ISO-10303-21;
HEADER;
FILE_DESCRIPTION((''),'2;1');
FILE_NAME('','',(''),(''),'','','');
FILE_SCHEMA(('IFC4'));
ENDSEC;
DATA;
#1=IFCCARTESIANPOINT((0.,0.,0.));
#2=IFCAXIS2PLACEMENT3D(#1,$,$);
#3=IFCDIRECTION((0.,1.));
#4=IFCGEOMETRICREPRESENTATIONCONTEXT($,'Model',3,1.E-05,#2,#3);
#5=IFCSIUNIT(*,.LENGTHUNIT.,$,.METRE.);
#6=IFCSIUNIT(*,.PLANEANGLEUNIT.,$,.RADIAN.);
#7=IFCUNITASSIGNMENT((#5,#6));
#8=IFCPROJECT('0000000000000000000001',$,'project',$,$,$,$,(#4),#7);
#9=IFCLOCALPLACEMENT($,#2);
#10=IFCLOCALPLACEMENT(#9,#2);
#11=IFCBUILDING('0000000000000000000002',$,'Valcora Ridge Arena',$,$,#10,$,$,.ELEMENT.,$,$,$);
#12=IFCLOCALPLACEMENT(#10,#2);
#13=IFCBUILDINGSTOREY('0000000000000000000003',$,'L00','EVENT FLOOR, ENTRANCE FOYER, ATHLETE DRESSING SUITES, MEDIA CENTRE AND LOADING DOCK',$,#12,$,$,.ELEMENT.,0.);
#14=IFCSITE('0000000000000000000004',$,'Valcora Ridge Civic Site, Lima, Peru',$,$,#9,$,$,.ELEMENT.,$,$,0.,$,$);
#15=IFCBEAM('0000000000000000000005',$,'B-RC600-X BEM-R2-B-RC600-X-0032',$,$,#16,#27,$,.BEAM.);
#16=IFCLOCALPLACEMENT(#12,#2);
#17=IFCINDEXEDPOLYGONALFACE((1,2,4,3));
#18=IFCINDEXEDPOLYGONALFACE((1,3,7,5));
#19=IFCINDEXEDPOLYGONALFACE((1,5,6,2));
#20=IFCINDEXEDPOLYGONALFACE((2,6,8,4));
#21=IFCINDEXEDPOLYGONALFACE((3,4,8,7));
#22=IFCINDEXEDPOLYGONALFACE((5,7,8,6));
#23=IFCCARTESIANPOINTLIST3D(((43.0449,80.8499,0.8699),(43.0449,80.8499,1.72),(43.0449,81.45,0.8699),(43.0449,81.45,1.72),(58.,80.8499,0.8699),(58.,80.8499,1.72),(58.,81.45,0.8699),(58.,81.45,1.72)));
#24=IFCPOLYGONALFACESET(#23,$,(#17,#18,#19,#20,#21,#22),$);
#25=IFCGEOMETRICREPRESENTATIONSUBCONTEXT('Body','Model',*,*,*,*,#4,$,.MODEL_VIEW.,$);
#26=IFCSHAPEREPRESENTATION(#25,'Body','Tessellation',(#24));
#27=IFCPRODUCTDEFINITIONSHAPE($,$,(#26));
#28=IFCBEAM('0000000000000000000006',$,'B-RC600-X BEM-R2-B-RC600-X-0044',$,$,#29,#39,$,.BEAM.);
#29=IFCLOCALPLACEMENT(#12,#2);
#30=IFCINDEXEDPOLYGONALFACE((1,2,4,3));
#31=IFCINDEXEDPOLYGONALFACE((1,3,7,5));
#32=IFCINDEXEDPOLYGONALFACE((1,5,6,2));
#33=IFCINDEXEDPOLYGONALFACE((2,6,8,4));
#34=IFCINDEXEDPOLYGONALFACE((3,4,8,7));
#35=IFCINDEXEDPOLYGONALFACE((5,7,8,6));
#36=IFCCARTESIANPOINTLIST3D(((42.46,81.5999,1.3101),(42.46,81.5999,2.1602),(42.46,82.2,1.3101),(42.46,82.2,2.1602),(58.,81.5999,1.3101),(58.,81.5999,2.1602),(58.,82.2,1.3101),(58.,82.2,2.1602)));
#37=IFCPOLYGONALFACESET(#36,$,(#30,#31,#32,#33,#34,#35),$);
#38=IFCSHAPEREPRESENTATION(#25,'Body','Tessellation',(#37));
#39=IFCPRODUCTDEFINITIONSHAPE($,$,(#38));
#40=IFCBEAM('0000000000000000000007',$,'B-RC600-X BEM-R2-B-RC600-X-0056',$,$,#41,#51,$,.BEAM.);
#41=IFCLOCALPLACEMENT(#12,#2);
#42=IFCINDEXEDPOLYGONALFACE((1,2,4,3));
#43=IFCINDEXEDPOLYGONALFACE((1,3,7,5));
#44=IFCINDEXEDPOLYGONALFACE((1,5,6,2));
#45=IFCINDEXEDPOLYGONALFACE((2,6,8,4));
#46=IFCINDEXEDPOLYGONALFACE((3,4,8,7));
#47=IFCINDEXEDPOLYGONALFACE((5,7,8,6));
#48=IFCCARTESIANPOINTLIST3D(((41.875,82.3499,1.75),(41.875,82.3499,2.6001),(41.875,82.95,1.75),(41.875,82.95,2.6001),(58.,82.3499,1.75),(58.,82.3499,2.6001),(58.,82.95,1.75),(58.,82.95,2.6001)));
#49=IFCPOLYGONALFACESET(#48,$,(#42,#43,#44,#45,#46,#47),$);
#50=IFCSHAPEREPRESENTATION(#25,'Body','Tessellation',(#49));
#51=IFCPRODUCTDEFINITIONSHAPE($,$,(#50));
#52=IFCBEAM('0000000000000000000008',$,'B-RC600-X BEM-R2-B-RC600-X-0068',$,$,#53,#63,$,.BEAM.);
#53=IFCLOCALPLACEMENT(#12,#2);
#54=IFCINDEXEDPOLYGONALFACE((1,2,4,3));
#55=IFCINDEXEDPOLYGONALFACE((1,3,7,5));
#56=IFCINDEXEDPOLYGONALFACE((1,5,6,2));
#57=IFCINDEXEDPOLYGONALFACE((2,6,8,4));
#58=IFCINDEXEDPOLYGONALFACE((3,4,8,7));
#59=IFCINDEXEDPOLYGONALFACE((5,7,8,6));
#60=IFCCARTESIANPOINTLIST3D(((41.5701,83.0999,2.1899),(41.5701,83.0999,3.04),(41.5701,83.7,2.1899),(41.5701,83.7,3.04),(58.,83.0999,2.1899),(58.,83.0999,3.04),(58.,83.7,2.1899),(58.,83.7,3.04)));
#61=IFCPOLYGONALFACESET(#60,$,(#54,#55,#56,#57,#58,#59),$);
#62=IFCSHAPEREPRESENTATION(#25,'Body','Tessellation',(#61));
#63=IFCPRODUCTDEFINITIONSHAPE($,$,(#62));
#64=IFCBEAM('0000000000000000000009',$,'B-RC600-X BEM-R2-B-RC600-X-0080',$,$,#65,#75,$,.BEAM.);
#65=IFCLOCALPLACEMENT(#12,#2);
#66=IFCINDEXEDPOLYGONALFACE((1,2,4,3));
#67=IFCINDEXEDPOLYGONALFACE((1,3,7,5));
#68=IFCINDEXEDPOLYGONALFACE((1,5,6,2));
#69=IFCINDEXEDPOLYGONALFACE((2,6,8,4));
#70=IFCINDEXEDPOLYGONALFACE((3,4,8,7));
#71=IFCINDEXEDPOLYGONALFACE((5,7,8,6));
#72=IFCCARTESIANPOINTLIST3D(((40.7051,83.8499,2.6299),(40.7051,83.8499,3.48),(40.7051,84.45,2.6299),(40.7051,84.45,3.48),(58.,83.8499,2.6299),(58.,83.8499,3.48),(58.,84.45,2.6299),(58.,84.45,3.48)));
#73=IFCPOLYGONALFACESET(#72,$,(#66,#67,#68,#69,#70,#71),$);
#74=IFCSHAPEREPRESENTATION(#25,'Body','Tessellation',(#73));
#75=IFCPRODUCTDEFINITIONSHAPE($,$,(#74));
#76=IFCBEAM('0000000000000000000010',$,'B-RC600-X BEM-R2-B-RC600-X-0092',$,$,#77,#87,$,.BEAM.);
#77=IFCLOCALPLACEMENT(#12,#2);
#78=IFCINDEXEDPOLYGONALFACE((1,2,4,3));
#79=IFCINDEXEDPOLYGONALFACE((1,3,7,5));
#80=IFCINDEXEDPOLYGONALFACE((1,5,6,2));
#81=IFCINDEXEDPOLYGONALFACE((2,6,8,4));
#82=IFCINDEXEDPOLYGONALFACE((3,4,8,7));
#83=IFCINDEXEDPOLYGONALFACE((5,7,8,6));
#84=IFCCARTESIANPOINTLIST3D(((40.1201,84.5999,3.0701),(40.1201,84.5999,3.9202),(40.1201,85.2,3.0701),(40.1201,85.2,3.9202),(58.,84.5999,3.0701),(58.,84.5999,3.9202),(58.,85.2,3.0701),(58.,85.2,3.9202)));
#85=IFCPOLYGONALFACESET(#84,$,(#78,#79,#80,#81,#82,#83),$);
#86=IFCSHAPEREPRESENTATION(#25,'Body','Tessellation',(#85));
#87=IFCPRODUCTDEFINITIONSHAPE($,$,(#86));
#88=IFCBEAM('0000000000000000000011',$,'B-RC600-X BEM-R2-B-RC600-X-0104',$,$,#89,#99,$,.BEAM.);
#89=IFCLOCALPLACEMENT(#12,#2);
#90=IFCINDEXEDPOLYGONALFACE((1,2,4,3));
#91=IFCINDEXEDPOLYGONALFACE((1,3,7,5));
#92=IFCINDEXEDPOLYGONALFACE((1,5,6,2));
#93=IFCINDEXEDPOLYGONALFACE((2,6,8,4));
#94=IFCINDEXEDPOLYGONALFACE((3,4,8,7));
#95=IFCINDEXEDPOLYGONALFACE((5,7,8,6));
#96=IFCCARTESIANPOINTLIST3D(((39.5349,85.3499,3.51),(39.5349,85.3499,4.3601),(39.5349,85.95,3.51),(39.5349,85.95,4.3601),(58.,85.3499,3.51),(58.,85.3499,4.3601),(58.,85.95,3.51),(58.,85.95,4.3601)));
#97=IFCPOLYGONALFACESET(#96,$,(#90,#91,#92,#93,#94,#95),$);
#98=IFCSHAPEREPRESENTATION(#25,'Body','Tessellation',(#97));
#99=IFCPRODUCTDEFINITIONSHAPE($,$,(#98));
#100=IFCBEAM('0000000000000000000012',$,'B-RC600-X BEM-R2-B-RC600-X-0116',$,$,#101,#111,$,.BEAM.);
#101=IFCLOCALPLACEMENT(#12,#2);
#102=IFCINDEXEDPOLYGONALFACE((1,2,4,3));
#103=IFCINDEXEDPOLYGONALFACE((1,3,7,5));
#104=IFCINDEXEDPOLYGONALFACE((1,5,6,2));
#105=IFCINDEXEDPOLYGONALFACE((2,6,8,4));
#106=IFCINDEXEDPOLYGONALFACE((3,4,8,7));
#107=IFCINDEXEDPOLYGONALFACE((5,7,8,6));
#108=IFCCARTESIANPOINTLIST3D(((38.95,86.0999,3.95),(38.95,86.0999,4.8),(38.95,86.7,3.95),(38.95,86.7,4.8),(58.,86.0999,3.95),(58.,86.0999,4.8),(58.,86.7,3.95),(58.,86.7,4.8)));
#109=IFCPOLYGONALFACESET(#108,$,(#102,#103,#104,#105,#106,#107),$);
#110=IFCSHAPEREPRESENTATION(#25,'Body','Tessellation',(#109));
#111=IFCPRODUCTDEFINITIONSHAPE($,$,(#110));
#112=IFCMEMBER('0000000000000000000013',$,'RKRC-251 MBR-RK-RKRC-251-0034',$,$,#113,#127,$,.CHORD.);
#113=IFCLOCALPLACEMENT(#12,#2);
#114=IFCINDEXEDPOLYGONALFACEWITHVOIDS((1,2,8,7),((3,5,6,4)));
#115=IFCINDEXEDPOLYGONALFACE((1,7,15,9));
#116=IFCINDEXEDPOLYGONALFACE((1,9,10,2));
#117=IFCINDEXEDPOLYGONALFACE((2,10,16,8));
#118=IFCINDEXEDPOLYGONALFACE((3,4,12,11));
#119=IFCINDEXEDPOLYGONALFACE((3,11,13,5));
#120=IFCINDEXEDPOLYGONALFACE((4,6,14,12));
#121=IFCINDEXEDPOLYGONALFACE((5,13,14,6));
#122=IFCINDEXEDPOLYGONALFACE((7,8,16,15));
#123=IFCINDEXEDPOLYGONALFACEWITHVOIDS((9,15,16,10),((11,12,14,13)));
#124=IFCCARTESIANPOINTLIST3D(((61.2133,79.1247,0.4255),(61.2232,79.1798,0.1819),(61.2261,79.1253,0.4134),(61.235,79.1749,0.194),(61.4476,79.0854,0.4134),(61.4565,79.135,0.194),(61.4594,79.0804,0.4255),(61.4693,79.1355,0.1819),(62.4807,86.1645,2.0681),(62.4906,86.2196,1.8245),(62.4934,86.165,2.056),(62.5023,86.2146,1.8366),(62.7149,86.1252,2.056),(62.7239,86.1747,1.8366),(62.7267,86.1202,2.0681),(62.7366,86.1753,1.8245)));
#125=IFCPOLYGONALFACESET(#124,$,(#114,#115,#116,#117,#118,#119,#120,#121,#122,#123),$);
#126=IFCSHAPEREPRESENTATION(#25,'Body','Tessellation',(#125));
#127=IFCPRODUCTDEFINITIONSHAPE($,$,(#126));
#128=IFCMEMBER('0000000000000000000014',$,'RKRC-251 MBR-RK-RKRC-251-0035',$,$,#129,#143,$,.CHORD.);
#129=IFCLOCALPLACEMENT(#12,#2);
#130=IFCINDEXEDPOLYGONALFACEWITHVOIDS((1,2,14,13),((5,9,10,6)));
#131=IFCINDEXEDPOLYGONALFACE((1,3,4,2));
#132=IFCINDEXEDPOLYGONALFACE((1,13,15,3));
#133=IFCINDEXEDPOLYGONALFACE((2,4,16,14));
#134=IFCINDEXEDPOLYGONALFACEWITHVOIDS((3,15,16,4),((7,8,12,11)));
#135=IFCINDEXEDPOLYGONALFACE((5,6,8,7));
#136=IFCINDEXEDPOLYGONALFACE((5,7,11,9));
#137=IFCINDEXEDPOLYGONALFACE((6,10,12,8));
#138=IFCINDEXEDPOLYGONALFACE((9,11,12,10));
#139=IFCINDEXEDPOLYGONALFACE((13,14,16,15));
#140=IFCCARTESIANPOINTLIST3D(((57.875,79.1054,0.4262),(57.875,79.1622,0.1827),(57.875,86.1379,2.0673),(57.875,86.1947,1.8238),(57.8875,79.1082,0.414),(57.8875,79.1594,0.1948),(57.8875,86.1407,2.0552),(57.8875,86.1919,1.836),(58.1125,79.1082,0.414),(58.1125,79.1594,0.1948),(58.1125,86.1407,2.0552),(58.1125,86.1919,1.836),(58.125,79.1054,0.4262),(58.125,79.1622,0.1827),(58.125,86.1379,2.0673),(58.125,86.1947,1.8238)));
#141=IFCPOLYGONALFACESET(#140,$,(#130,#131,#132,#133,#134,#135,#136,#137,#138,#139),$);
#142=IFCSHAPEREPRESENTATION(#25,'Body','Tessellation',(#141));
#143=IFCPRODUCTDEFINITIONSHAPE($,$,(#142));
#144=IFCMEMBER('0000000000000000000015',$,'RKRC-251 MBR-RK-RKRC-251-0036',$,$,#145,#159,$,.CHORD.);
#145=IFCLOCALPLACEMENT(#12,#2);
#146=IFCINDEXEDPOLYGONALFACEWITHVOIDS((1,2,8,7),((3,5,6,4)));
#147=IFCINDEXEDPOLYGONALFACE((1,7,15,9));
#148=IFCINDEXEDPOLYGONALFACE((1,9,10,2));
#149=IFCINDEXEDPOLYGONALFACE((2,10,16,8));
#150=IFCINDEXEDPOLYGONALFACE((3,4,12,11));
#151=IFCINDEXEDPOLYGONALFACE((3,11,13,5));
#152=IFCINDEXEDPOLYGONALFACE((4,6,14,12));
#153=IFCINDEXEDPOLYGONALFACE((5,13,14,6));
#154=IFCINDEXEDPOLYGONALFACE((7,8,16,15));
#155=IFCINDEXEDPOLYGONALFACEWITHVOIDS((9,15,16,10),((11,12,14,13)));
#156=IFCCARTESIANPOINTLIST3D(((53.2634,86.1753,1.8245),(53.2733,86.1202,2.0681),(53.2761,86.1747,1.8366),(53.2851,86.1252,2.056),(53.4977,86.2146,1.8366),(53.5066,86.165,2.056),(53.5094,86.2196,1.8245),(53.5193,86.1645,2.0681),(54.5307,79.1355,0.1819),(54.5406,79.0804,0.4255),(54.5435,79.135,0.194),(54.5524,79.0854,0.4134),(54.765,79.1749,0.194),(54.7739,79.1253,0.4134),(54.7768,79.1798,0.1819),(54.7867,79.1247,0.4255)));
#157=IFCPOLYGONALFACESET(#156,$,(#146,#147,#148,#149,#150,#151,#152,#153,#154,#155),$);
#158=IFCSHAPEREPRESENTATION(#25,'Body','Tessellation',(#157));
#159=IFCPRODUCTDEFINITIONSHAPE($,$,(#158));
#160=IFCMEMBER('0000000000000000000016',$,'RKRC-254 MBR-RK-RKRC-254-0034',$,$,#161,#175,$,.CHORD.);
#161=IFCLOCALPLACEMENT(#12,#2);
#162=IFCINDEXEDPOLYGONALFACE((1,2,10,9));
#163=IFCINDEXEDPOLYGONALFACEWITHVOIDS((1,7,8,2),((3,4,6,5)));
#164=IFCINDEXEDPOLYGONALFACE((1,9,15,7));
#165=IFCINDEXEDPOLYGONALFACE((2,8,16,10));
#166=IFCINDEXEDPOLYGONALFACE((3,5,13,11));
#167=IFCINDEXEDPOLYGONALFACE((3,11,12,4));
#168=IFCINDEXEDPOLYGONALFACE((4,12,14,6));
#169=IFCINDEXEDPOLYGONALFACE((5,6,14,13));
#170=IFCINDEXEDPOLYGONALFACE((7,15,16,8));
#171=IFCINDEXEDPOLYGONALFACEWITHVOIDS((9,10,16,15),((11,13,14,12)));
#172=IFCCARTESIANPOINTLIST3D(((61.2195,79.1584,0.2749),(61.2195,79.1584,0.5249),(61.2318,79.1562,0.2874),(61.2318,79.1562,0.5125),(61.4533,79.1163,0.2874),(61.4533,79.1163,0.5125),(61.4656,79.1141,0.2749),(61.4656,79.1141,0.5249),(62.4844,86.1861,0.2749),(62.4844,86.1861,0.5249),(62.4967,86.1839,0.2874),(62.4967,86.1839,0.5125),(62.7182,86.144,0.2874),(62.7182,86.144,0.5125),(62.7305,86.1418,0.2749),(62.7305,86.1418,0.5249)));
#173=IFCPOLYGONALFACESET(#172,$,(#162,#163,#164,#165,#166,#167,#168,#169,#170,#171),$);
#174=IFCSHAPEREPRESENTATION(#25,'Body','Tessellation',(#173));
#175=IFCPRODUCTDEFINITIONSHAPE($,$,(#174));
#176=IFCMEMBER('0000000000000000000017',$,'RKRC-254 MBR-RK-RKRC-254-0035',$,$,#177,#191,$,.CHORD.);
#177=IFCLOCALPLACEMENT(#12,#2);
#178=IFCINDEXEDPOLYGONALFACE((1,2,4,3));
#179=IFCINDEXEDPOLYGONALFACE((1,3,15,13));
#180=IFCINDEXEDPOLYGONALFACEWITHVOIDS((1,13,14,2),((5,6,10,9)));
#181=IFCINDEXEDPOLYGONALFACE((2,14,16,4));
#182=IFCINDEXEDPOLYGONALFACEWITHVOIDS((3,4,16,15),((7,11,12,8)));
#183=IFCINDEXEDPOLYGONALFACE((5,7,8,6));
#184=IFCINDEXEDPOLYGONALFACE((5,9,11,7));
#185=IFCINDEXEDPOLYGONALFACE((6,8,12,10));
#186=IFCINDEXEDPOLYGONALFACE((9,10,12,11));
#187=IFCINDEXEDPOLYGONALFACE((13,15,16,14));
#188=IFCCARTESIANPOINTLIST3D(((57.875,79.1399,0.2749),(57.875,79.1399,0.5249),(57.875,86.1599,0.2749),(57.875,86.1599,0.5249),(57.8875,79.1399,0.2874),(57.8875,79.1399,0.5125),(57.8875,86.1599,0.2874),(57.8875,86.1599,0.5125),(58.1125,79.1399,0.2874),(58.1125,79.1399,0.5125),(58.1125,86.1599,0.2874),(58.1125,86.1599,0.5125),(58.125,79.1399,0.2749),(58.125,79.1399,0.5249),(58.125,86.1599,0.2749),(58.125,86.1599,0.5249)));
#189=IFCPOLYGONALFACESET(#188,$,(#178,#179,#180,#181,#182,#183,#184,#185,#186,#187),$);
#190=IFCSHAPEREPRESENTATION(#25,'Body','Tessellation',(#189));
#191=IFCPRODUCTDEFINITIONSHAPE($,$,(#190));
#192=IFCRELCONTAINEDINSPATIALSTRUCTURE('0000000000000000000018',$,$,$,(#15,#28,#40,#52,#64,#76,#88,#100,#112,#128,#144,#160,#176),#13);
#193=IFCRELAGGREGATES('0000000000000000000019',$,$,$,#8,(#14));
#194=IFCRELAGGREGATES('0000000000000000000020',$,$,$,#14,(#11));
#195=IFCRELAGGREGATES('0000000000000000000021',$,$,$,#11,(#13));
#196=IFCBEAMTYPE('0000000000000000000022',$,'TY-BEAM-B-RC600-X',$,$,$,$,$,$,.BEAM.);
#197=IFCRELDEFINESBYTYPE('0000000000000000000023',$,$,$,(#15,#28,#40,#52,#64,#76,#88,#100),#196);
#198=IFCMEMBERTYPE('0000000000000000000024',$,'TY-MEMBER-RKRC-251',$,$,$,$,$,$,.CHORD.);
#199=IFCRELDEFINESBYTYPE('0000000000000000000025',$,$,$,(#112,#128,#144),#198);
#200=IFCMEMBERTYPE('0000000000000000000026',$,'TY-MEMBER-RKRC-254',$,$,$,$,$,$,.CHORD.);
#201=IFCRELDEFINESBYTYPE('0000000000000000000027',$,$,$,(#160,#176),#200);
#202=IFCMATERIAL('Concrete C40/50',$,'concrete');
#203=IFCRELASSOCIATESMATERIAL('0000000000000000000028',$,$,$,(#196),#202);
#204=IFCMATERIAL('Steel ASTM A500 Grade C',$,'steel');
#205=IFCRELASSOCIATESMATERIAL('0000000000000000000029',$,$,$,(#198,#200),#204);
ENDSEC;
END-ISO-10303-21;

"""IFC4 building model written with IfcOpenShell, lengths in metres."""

from ifc_helpers import new_model, si_unit, direction, frame, origin, origin_2d, place, context, subcontext, project, spatial, rectangle, hollow_rectangle, extrude, material, material_profile, profile_set, type_object, element, save


model = new_model("IFC4")

# Units and contexts
model_context = context("Model", 3, precision=1e-05, world=origin(), true_north=direction((0.0, 1.0)))
body_context = subcontext(model_context, "Body", "Model", "MODEL_VIEW")
ifc_project = project(units=[si_unit("LENGTHUNIT", "METRE"), si_unit("PLANEANGLEUNIT", "RADIAN")], contexts=[model_context])

# Site, building, storey
site_placement = place(None, origin())
site = spatial("IfcSite", under=ifc_project, at=site_placement, Name="Valcora Ridge Civic Site, Lima, Peru", CompositionType="ELEMENT", RefElevation=0.0)
building_placement = place(site_placement, origin())
building = spatial("IfcBuilding", under=site, at=building_placement, Name="Valcora Ridge Arena", CompositionType="ELEMENT")
storey_placement = place(building_placement, origin())
storey = spatial("IfcBuildingStorey", under=building, at=storey_placement, Name="L00", Description="EVENT FLOOR, ENTRANCE FOYER, ATHLETE DRESSING SUITES, MEDIA CENTRE AND LOADING DOCK", CompositionType="ELEMENT", Elevation=0.0)

# Shared definitions
ifc_material_1 = material(Name="Concrete C40/50", Category="concrete")

# Beams
ifc_material_profile_1 = material_profile(ifc_material_1, rectangle(XDim=0.6001, YDim=0.8501, at=origin_2d()), Name="RC 600x850")
ifc_profile_set_1 = profile_set([ifc_material_profile_1], Name="Concrete C40/50")
beam_type = type_object("IfcBeamType", Name="TY-BEAM-B-RC600-X", PredefinedType="BEAM", material=ifc_profile_set_1)
beam_1_placement = place(storey_placement, frame((58.0, 81.1499, 1.2949), z_axis=(-1.0, 0.0, 0.0), x_axis=(0.0, -1.0, 0.0)))
element("IfcBeam", 1, at=beam_1_placement, inside=storey, type_object=beam_type, Name="B-RC600-X BEM-R2-B-RC600-X-0032", PredefinedType="BEAM", context=body_context, shape_type="SweptSolid", body=[
    extrude(rectangle(XDim=0.6001, YDim=0.8501, at=origin_2d()), origin(), (0.0, 0.0, 1.0), 14.9551),
])
beam_2_placement = place(storey_placement, frame((58.0, 81.8999, 1.7351), z_axis=(-1.0, 0.0, 0.0), x_axis=(0.0, -1.0, 0.0)))
element("IfcBeam", 2, at=beam_2_placement, inside=storey, type_object=beam_type, Name="B-RC600-X BEM-R2-B-RC600-X-0044", PredefinedType="BEAM", context=body_context, shape_type="SweptSolid", body=[
    extrude(rectangle(XDim=0.6001, YDim=0.8501, at=origin_2d()), origin(), (0.0, 0.0, 1.0), 15.54),
])
beam_3_placement = place(storey_placement, frame((58.0, 82.6499, 2.175), z_axis=(-1.0, 0.0, 0.0), x_axis=(0.0, -1.0, 0.0)))
element("IfcBeam", 3, at=beam_3_placement, inside=storey, type_object=beam_type, Name="B-RC600-X BEM-R2-B-RC600-X-0056", PredefinedType="BEAM", context=body_context, shape_type="SweptSolid", body=[
    extrude(rectangle(XDim=0.6001, YDim=0.8501, at=origin_2d()), origin(), (0.0, 0.0, 1.0), 16.125),
])
beam_4_placement = place(storey_placement, frame((58.0, 83.3999, 2.615), z_axis=(-1.0, 0.0, 0.0), x_axis=(0.0, -1.0, 0.0)))
element("IfcBeam", 4, at=beam_4_placement, inside=storey, type_object=beam_type, Name="B-RC600-X BEM-R2-B-RC600-X-0068", PredefinedType="BEAM", context=body_context, shape_type="SweptSolid", body=[
    extrude(rectangle(XDim=0.6001, YDim=0.8501, at=origin_2d()), origin(), (0.0, 0.0, 1.0), 16.4299),
])
beam_5_placement = place(storey_placement, frame((58.0, 84.1499, 3.0549), z_axis=(-1.0, 0.0, 0.0), x_axis=(0.0, -1.0, 0.0)))
element("IfcBeam", 5, at=beam_5_placement, inside=storey, type_object=beam_type, Name="B-RC600-X BEM-R2-B-RC600-X-0080", PredefinedType="BEAM", context=body_context, shape_type="SweptSolid", body=[
    extrude(rectangle(XDim=0.6001, YDim=0.8501, at=origin_2d()), origin(), (0.0, 0.0, 1.0), 17.2949),
])
beam_6_placement = place(storey_placement, frame((58.0, 84.8999, 3.4951), z_axis=(-1.0, 0.0, 0.0), x_axis=(0.0, -1.0, 0.0)))
element("IfcBeam", 6, at=beam_6_placement, inside=storey, type_object=beam_type, Name="B-RC600-X BEM-R2-B-RC600-X-0092", PredefinedType="BEAM", context=body_context, shape_type="SweptSolid", body=[
    extrude(rectangle(XDim=0.6001, YDim=0.8501, at=origin_2d()), origin(), (0.0, 0.0, 1.0), 17.8799),
])
beam_7_placement = place(storey_placement, frame((58.0, 85.6499, 3.9351), z_axis=(-1.0, 0.0, 0.0), x_axis=(0.0, -1.0, 0.0)))
element("IfcBeam", 7, at=beam_7_placement, inside=storey, type_object=beam_type, Name="B-RC600-X BEM-R2-B-RC600-X-0104", PredefinedType="BEAM", context=body_context, shape_type="SweptSolid", body=[
    extrude(rectangle(XDim=0.6001, YDim=0.8501, at=origin_2d()), origin(), (0.0, 0.0, 1.0), 18.4651),
])
beam_8_placement = place(storey_placement, frame((58.0, 86.3999, 4.375), z_axis=(-1.0, 0.0, 0.0), x_axis=(0.0, -1.0, 0.0)))
element("IfcBeam", 8, at=beam_8_placement, inside=storey, type_object=beam_type, Name="B-RC600-X BEM-R2-B-RC600-X-0116", PredefinedType="BEAM", context=body_context, shape_type="SweptSolid", body=[
    extrude(rectangle(XDim=0.6001, YDim=0.8501, at=origin_2d()), origin(), (0.0, 0.0, 1.0), 19.05),
])

# Members
ifc_material_2 = material(Name="Steel ASTM A500 Grade C", Category="steel")
ifc_material_profile_2 = material_profile(ifc_material_2, hollow_rectangle(XDim=0.25, YDim=0.25, WallThickness=0.0125, at=origin_2d()), Name="HSS250X250X12")
ifc_profile_set_2 = profile_set([ifc_material_profile_2], Name="Steel ASTM A500 Grade C")
member_type_1 = type_object("IfcMemberType", Name="TY-MEMBER-RKRC-251", PredefinedType="CHORD", material=ifc_profile_set_2)
member_1_placement = place(storey_placement, frame((61.3413, 79.1301, 0.3037), z_axis=(0.172682, 0.959213, 0.223811), x_axis=(-0.984179, 0.177176, 0.0)))
element("IfcMember", 9, at=member_1_placement, inside=storey, type_object=member_type_1, Name="RKRC-251 MBR-RK-RKRC-251-0034", PredefinedType="CHORD", context=body_context, shape_type="SweptSolid", body=[
    extrude(hollow_rectangle(XDim=0.25, YDim=0.25, WallThickness=0.0125, at=origin_2d()), origin(), (0.0, 0.0, 1.0), 7.3391),
])
member_2_placement = place(storey_placement, frame((58.0, 79.1338, 0.3044), z_axis=(0.0, 0.973835, 0.227256), x_axis=(-1.0, 0.0, 0.0)))
element("IfcMember", 10, at=member_2_placement, inside=storey, type_object=member_type_1, Name="RKRC-251 MBR-RK-RKRC-251-0035", PredefinedType="CHORD", context=body_context, shape_type="SweptSolid", body=[
    extrude(hollow_rectangle(XDim=0.25, YDim=0.25, WallThickness=0.0125, at=origin_2d()), origin(), (0.0, 0.0, 1.0), 7.2214),
])
member_3_placement = place(storey_placement, frame((54.6587, 79.1301, 0.3037), z_axis=(-0.172682, 0.959213, 0.223811), x_axis=(-0.984179, -0.177176, 0.0)))
element("IfcMember", 11, at=member_3_placement, inside=storey, type_object=member_type_1, Name="RKRC-251 MBR-RK-RKRC-251-0036", PredefinedType="CHORD", context=body_context, shape_type="SweptSolid", body=[
    extrude(hollow_rectangle(XDim=0.25, YDim=0.25, WallThickness=0.0125, at=origin_2d()), origin(), (0.0, 0.0, 1.0), 7.3391),
])
ifc_material_profile_3 = material_profile(ifc_material_2, hollow_rectangle(XDim=0.25, YDim=0.25, WallThickness=0.0125, at=origin_2d()), Name="HSS250X250X12")
ifc_profile_set_3 = profile_set([ifc_material_profile_3], Name="Steel ASTM A500 Grade C")
member_type_2 = type_object("IfcMemberType", Name="TY-MEMBER-RKRC-254", PredefinedType="CHORD", material=ifc_profile_set_3)
member_4_placement = place(storey_placement, frame((61.3425, 79.1362, 0.3999), z_axis=(0.177143, 0.984185, 0.0), x_axis=(-0.984185, 0.177143, 0.0)))
element("IfcMember", 12, at=member_4_placement, inside=storey, type_object=member_type_2, Name="RKRC-254 MBR-RK-RKRC-254-0034", PredefinedType="CHORD", context=body_context, shape_type="SweptSolid", body=[
    extrude(hollow_rectangle(XDim=0.25, YDim=0.25, WallThickness=0.0125, at=origin_2d()), origin(), (0.0, 0.0, 1.0), 7.1406),
])
member_5_placement = place(storey_placement, frame((58.0, 79.1399, 0.3999), z_axis=(0.0, 1.0, 0.0), x_axis=(-1.0, 0.0, 0.0)))
element("IfcMember", 13, at=member_5_placement, inside=storey, type_object=member_type_2, Name="RKRC-254 MBR-RK-RKRC-254-0035", PredefinedType="CHORD", context=body_context, shape_type="SweptSolid", body=[
    extrude(hollow_rectangle(XDim=0.25, YDim=0.25, WallThickness=0.0125, at=origin_2d()), origin(), (0.0, 0.0, 1.0), 7.02),
])

save(model, "model.ifc")
